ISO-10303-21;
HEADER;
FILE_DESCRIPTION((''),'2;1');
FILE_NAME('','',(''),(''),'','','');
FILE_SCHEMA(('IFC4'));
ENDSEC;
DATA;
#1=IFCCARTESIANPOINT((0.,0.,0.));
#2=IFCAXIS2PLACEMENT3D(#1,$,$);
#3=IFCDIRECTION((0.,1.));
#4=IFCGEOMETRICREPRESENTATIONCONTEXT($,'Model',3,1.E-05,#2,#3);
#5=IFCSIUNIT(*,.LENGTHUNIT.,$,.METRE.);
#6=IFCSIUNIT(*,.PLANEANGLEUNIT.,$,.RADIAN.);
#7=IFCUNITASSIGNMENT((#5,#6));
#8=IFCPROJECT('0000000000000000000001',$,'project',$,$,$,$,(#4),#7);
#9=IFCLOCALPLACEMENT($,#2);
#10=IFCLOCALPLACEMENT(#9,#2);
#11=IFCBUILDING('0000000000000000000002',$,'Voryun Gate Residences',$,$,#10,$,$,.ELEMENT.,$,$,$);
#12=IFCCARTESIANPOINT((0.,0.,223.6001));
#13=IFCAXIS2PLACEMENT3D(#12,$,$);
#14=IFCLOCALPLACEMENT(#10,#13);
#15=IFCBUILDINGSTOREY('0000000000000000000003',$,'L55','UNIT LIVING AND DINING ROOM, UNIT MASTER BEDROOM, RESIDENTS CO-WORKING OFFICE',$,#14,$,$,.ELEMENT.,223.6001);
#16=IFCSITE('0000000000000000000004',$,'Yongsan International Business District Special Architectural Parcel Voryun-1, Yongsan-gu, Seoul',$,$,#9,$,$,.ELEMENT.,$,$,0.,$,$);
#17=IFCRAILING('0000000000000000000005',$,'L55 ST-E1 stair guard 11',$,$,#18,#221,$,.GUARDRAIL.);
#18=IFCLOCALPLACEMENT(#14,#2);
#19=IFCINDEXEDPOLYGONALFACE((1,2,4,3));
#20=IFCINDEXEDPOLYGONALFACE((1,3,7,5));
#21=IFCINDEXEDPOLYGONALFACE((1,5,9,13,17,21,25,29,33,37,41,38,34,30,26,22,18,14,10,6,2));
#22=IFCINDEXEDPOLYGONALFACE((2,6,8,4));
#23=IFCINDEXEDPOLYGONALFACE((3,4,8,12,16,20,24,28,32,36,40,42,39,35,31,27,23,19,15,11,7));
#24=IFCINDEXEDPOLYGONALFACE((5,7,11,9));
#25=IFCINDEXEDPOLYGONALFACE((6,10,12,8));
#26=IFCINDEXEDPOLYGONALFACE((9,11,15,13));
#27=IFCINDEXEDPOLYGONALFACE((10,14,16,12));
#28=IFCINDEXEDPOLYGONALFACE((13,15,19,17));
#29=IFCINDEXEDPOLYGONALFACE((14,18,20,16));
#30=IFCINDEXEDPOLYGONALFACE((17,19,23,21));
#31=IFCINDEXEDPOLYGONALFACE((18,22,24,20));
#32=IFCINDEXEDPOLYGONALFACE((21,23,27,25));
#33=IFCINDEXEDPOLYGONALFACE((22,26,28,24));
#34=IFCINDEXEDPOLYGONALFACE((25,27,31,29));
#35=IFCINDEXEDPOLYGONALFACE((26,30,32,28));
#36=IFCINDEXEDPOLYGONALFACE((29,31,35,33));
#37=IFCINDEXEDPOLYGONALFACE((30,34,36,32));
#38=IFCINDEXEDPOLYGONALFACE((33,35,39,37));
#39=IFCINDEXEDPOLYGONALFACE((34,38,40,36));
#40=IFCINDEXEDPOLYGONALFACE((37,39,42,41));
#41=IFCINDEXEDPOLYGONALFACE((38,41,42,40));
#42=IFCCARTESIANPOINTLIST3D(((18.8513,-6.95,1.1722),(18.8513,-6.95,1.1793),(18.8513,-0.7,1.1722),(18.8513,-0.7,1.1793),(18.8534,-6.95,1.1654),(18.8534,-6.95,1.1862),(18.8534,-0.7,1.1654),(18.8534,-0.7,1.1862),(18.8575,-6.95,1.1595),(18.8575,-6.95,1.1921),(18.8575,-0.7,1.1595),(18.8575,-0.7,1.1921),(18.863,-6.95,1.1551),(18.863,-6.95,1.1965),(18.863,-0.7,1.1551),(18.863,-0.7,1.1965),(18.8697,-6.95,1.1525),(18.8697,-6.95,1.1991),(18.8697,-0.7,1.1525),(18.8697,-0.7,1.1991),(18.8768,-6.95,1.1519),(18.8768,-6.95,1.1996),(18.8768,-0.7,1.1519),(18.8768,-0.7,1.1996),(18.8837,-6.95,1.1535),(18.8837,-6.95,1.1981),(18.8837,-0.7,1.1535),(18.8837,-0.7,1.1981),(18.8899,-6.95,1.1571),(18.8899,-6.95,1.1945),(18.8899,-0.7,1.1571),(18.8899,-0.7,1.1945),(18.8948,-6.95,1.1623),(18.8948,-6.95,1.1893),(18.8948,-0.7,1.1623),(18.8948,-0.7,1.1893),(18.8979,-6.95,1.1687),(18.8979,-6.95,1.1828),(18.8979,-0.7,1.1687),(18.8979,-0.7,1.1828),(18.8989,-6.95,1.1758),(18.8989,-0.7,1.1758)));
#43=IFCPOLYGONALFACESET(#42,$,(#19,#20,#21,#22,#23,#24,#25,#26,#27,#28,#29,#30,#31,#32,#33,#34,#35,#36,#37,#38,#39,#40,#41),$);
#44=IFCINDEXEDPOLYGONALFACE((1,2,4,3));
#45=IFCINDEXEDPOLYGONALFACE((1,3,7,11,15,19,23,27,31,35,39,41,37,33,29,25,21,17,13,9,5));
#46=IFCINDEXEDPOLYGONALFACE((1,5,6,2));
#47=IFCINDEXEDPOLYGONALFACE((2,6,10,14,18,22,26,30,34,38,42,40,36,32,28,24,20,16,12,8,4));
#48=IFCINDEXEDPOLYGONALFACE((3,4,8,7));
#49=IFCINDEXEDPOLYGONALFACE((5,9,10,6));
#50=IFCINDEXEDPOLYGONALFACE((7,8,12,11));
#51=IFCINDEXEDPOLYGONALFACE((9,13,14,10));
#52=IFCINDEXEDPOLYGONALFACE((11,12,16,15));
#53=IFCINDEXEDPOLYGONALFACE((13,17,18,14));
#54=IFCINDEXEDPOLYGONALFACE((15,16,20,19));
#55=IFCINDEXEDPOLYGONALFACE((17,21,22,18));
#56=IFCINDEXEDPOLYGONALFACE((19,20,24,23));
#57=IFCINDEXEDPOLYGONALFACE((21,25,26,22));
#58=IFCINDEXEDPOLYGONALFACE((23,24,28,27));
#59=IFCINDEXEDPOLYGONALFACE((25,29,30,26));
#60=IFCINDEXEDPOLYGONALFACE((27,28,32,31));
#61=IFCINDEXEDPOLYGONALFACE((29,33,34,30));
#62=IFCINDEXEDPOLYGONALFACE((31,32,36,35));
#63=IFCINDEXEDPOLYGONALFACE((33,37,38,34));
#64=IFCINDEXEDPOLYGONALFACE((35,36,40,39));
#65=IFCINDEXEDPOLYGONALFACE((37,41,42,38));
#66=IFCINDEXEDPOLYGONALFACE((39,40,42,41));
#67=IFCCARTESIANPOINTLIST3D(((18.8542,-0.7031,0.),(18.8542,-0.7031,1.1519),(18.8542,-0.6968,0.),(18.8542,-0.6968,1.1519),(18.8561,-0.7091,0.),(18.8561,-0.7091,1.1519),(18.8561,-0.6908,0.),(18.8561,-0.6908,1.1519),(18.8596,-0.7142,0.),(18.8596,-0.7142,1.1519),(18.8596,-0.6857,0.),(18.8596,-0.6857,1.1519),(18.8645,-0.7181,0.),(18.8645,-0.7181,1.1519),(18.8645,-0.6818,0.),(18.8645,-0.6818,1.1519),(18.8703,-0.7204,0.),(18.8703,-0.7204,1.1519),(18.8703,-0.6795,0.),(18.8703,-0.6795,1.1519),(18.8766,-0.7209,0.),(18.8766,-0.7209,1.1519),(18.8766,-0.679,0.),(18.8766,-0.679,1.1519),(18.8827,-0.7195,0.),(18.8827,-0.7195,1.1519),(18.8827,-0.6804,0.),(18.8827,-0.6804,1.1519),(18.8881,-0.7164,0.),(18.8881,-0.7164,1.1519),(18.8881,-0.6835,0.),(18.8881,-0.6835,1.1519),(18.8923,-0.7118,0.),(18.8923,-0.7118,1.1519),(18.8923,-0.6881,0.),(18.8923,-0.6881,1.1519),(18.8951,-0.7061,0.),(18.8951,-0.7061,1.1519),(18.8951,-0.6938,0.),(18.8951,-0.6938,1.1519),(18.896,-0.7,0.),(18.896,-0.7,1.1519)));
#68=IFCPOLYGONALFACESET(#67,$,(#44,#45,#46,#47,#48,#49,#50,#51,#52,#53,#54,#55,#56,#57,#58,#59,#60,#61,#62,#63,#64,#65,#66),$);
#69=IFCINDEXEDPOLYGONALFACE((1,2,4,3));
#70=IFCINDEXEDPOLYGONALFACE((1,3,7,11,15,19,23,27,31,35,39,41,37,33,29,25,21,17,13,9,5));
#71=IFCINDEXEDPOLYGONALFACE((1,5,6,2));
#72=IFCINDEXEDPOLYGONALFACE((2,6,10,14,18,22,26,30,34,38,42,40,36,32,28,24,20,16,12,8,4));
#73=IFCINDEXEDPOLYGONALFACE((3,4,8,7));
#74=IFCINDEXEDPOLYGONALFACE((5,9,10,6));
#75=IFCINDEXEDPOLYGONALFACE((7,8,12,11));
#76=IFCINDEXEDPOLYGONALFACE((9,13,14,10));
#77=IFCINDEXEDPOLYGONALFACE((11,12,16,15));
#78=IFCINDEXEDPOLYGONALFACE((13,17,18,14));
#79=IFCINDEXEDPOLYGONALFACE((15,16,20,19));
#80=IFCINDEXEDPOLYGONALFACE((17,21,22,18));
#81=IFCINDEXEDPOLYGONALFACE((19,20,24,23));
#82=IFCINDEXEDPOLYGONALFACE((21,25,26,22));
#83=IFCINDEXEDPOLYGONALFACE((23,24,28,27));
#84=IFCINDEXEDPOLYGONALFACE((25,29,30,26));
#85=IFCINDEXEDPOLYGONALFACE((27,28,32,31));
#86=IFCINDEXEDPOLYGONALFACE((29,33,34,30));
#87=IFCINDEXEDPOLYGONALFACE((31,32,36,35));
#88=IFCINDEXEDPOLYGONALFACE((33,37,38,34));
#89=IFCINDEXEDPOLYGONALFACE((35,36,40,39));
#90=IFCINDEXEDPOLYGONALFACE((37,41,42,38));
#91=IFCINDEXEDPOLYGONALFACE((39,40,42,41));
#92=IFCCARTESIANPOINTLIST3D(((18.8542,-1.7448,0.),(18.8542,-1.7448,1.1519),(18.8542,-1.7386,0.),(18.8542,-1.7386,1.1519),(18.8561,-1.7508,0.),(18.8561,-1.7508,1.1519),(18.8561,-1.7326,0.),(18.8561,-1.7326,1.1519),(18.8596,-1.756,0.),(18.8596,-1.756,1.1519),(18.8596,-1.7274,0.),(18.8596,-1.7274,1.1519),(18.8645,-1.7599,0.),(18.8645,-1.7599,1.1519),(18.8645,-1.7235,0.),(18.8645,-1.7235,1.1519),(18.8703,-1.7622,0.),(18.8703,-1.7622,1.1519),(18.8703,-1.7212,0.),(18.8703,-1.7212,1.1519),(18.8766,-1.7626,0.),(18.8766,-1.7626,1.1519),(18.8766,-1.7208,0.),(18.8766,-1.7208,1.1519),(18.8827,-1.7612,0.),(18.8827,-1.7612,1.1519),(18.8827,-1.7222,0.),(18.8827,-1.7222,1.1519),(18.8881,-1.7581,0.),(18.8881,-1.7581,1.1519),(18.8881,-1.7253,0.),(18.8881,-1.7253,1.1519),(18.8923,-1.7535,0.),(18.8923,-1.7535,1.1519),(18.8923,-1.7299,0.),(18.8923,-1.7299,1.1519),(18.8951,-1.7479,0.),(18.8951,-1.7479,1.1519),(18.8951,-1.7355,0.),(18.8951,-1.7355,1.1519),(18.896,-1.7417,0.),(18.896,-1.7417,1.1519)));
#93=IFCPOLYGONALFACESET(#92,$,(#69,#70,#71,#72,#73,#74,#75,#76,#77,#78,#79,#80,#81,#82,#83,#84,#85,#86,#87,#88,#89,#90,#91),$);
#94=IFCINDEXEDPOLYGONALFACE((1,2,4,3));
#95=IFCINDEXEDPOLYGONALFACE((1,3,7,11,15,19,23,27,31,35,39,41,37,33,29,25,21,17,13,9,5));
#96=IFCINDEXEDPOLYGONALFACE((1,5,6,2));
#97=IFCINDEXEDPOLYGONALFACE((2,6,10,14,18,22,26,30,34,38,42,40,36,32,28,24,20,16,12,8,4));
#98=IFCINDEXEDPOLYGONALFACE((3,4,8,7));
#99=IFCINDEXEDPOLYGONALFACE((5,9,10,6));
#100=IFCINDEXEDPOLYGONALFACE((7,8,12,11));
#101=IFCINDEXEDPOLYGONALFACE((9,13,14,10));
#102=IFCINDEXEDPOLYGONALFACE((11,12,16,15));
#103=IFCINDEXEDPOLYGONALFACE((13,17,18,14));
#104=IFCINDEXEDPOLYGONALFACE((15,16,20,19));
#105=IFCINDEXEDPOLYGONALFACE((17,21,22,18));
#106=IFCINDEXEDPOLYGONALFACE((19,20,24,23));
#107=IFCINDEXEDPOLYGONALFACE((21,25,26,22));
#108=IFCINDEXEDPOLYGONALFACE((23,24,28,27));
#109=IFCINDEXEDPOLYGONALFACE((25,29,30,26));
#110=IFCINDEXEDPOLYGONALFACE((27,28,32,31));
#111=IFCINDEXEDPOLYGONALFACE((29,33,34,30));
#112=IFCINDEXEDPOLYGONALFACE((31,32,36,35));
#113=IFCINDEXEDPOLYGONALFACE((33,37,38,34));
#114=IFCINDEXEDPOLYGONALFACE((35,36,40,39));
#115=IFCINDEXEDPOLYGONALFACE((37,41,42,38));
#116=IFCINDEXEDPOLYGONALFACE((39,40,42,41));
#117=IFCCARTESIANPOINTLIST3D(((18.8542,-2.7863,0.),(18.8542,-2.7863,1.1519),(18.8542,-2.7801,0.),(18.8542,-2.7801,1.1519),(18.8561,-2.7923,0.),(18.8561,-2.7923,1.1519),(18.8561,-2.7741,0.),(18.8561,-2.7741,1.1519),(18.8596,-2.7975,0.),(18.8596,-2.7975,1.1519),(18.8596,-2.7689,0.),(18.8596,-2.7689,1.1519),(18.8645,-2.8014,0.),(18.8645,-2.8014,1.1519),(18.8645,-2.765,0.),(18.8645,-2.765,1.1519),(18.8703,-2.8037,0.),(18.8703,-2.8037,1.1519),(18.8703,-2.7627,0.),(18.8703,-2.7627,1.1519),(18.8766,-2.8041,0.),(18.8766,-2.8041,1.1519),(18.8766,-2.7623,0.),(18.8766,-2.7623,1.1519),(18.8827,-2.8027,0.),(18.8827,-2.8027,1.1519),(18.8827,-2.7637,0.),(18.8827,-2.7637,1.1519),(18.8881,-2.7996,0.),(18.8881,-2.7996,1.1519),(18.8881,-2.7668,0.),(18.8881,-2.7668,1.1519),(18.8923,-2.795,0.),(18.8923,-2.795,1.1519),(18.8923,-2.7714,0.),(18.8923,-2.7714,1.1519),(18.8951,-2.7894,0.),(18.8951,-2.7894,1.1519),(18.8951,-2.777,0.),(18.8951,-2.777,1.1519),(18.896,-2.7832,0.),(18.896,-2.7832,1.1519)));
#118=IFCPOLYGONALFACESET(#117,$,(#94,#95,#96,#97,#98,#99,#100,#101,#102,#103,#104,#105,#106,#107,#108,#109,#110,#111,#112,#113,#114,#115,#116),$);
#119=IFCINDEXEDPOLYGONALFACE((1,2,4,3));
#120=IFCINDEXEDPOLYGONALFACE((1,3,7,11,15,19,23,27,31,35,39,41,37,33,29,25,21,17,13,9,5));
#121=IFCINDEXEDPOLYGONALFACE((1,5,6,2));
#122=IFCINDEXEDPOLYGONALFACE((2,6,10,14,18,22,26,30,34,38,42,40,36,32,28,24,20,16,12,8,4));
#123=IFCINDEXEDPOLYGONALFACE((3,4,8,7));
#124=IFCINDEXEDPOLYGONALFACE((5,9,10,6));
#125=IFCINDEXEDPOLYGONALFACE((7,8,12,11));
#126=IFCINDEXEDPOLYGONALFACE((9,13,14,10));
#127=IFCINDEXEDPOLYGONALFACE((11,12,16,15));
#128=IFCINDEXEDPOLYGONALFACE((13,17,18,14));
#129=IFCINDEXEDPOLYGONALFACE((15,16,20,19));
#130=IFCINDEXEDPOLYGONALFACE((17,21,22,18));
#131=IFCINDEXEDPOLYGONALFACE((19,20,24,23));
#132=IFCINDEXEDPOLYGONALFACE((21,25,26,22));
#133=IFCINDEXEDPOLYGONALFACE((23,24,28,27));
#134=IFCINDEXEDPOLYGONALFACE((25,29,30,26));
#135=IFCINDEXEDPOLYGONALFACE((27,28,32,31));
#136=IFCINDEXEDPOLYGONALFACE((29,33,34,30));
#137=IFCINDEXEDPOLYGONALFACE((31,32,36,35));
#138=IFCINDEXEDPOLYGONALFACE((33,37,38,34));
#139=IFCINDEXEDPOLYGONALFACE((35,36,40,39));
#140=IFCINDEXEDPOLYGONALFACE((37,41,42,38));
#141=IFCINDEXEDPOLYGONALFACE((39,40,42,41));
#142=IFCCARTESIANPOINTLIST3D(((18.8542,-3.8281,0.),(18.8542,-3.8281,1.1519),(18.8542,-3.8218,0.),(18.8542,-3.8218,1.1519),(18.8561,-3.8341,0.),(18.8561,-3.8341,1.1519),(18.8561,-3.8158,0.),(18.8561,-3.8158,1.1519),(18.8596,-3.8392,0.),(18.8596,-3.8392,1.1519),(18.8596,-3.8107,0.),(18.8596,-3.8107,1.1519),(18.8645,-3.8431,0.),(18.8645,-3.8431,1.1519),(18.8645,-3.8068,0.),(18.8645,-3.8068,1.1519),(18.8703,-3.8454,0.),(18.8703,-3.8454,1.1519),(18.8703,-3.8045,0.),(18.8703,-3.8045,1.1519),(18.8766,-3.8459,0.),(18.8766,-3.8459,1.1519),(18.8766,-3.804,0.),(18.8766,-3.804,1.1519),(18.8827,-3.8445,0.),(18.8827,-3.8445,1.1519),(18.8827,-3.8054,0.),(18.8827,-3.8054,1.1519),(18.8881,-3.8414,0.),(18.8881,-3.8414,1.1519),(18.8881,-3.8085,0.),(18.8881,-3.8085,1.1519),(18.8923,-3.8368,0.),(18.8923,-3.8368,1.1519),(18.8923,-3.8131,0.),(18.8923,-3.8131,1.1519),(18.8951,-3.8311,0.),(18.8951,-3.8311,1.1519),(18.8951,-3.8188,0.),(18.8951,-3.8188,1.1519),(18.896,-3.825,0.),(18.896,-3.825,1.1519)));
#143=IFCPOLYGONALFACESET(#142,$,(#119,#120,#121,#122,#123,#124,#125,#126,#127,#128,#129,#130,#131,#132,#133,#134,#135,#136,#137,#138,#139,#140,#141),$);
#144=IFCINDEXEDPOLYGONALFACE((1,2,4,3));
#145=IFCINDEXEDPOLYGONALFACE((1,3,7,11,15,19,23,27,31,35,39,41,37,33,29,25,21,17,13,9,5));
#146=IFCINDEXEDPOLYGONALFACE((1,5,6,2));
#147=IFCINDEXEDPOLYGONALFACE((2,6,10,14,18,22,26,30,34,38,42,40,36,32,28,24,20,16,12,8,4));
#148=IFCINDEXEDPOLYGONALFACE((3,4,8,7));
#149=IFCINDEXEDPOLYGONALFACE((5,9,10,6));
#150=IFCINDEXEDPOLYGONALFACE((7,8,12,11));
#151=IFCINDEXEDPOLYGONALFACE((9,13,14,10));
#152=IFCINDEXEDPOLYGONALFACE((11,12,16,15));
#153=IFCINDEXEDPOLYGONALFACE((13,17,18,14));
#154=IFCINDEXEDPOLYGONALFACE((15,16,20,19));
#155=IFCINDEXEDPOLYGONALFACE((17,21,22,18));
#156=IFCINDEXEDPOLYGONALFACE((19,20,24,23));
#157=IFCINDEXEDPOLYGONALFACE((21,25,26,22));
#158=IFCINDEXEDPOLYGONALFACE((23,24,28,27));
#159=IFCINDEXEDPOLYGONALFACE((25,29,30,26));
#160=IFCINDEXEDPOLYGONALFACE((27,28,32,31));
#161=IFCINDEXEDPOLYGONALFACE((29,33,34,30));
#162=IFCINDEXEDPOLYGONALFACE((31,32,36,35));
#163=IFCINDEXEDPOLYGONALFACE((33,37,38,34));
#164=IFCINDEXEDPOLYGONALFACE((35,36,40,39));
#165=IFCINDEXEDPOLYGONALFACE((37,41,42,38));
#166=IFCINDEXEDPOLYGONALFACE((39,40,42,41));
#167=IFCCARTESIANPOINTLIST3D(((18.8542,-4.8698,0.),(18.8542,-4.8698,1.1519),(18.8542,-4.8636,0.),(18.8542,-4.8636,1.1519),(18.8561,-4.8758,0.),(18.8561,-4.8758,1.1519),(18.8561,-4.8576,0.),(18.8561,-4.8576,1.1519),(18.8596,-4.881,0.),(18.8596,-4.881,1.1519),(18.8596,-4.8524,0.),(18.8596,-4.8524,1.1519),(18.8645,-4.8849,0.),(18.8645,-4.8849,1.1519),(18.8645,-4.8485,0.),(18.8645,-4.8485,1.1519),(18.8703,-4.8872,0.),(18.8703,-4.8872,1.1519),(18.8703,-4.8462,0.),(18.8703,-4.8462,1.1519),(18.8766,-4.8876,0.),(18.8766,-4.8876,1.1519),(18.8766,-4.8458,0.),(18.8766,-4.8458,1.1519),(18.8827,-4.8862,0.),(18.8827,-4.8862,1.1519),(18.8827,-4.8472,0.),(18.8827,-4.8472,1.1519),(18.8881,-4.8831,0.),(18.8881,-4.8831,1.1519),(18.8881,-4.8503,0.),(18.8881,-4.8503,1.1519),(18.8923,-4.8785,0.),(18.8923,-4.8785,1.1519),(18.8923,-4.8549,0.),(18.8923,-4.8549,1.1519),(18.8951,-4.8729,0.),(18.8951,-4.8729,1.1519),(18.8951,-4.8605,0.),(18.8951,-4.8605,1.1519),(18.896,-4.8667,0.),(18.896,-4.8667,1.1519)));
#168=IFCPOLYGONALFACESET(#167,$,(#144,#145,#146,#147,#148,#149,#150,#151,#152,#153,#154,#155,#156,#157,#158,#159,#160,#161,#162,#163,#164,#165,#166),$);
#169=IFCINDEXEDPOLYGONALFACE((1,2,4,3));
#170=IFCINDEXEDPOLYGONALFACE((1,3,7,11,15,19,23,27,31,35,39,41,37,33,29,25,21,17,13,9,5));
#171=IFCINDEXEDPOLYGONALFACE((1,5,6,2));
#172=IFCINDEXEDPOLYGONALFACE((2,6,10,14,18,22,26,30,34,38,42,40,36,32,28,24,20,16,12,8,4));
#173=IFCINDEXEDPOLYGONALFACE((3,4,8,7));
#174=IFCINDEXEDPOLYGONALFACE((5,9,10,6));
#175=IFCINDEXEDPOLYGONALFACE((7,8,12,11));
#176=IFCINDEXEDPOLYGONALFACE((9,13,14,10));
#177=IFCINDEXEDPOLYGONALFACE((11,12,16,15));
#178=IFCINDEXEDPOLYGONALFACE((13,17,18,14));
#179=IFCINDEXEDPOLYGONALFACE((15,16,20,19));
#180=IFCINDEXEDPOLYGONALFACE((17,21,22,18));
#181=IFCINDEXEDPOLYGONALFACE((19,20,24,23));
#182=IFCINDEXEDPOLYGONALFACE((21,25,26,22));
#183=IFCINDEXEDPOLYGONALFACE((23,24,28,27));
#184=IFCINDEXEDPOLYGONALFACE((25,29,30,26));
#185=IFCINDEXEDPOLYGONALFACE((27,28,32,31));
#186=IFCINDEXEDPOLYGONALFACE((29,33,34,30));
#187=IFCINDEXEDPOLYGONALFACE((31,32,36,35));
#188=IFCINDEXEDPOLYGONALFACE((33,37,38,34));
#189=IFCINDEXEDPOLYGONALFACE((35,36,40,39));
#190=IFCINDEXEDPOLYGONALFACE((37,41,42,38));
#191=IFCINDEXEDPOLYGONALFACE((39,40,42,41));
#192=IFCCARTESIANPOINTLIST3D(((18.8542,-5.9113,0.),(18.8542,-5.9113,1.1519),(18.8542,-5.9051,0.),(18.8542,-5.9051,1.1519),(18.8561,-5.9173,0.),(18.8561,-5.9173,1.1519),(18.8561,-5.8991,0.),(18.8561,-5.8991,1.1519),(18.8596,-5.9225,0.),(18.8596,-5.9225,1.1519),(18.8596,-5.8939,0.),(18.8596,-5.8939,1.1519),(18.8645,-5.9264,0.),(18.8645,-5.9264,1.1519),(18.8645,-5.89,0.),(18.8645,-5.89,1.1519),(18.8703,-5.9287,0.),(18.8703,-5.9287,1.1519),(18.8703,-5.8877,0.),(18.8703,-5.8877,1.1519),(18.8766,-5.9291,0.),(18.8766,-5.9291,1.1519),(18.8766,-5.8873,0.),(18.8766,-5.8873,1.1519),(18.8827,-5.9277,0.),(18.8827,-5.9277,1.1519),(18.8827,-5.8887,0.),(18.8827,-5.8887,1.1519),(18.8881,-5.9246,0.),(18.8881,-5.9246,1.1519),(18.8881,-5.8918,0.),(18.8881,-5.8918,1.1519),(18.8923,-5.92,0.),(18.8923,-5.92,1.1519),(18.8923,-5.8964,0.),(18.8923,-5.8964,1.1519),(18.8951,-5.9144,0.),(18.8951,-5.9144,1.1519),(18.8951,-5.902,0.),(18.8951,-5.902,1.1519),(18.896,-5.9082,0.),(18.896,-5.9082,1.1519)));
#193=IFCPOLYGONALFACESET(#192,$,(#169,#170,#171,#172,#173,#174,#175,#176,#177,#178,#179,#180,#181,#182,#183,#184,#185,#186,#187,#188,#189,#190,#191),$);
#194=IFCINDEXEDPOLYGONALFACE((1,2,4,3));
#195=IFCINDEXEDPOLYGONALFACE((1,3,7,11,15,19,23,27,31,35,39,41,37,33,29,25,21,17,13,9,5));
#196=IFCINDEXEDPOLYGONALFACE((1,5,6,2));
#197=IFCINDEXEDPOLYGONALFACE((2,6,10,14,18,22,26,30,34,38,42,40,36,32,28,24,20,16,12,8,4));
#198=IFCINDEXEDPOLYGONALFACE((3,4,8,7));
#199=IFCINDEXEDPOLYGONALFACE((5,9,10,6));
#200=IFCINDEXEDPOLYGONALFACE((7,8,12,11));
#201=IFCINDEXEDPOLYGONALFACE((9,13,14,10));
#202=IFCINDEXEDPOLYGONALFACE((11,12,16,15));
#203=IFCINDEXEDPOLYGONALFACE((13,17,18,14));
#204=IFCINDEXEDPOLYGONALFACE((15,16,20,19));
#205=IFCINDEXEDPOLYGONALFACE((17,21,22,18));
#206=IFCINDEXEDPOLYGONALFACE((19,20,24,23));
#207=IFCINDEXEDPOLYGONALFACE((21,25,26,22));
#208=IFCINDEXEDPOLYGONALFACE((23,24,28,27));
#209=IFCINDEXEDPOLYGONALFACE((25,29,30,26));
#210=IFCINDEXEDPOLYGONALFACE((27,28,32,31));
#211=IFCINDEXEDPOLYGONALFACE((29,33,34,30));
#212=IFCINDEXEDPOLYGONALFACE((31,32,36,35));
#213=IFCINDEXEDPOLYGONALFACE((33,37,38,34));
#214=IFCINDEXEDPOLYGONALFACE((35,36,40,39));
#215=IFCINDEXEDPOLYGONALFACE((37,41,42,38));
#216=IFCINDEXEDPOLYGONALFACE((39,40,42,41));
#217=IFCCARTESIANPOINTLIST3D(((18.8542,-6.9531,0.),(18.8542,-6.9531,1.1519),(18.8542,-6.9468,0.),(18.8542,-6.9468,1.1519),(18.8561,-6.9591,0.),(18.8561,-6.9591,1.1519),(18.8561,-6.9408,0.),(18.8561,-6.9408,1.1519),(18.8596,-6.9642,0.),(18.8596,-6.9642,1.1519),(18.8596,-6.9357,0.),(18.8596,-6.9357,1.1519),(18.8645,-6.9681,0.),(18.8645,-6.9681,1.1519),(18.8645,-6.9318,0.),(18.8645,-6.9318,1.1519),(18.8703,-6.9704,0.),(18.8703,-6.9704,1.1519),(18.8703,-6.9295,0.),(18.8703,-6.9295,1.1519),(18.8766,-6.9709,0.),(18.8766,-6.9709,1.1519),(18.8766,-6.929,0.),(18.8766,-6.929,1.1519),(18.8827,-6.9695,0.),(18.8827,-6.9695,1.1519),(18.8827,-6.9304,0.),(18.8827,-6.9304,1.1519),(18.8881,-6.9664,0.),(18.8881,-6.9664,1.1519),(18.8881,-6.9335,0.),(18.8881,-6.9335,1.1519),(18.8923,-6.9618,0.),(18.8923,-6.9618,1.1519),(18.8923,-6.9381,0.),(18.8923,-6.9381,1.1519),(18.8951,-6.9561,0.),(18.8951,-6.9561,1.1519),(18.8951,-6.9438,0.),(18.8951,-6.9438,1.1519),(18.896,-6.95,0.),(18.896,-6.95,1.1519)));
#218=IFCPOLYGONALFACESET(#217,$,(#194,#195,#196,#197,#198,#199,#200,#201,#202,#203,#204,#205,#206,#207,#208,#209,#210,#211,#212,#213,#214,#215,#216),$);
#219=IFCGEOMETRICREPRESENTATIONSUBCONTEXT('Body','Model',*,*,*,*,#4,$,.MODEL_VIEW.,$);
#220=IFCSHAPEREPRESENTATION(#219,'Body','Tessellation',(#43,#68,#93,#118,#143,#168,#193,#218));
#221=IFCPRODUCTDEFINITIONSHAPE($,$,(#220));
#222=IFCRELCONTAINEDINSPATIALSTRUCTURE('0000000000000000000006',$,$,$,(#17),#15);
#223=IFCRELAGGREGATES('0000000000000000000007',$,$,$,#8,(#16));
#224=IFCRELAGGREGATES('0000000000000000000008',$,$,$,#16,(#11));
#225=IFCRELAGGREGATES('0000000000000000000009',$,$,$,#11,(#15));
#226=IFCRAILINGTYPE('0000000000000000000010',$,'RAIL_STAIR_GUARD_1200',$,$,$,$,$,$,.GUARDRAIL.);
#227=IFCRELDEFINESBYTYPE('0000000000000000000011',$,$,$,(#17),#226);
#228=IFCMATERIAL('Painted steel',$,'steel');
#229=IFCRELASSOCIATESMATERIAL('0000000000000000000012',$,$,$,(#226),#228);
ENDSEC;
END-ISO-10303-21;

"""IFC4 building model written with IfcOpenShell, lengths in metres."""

from ifc_helpers import new_model, si_unit, direction, frame, origin, origin_2d, place, context, subcontext, project, spatial, circle, extrude, material, type_object, element, save


model = new_model("IFC4")

# Units and contexts
model_context = context("Model", 3, precision=1e-05, world=origin(), true_north=direction((0.0, 1.0)))
body_context = subcontext(model_context, "Body", "Model", "MODEL_VIEW")
ifc_project = project(units=[si_unit("LENGTHUNIT", "METRE"), si_unit("PLANEANGLEUNIT", "RADIAN")], contexts=[model_context])

# Site, building, storey
site_placement = place(None, origin())
site = spatial("IfcSite", under=ifc_project, at=site_placement, Name="Yongsan International Business District Special Architectural Parcel Voryun-1, Yongsan-gu, Seoul", CompositionType="ELEMENT", RefElevation=0.0)
building_placement = place(site_placement, origin())
building = spatial("IfcBuilding", under=site, at=building_placement, Name="Voryun Gate Residences", CompositionType="ELEMENT")
storey_placement = place(building_placement, frame((0.0, 0.0, 223.6001)))
storey = spatial("IfcBuildingStorey", under=building, at=storey_placement, Name="L55", Description="UNIT LIVING AND DINING ROOM, UNIT MASTER BEDROOM, RESIDENTS CO-WORKING OFFICE", CompositionType="ELEMENT", Elevation=223.6001)

# Railing
ifc_material_1 = material(Name="Painted steel", Category="steel")
railing_type = type_object("IfcRailingType", Name="RAIL_STAIR_GUARD_1200", PredefinedType="GUARDRAIL", material=ifc_material_1)
railing_1_placement = place(storey_placement, frame((18.875, -0.7, 0.0)))
element("IfcRailing", 1, at=railing_1_placement, inside=storey, type_object=railing_type, Name="L55 ST-E1 stair guard 11", PredefinedType="GUARDRAIL", context=body_context, shape_type="SweptSolid", body=[
    extrude(circle(Radius=0.0239, at=origin_2d()), frame((0.0, 0.0, 1.1758), z_axis=(0.0, -1.0, 0.0), x_axis=(1.0, 0.0, 0.0)), (0.0, 0.0, 1.0), 6.25),
    extrude(circle(Radius=0.021, at=origin_2d()), origin(), (0.0, 0.0, 1.0), 1.1519),
    extrude(circle(Radius=0.021, at=origin_2d()), frame((0.0, -1.0417, 0.0)), (0.0, 0.0, 1.0), 1.1519),
    extrude(circle(Radius=0.021, at=origin_2d()), frame((0.0, -2.0833, 0.0)), (0.0, 0.0, 1.0), 1.1519),
    extrude(circle(Radius=0.021, at=origin_2d()), frame((0.0, -3.125, 0.0)), (0.0, 0.0, 1.0), 1.1519),
    extrude(circle(Radius=0.021, at=origin_2d()), frame((0.0, -4.1667, 0.0)), (0.0, 0.0, 1.0), 1.1519),
    extrude(circle(Radius=0.021, at=origin_2d()), frame((0.0, -5.2083, 0.0)), (0.0, 0.0, 1.0), 1.1519),
    extrude(circle(Radius=0.021, at=origin_2d()), frame((0.0, -6.25, 0.0)), (0.0, 0.0, 1.0), 1.1519),
])

save(model, "model.ifc")
